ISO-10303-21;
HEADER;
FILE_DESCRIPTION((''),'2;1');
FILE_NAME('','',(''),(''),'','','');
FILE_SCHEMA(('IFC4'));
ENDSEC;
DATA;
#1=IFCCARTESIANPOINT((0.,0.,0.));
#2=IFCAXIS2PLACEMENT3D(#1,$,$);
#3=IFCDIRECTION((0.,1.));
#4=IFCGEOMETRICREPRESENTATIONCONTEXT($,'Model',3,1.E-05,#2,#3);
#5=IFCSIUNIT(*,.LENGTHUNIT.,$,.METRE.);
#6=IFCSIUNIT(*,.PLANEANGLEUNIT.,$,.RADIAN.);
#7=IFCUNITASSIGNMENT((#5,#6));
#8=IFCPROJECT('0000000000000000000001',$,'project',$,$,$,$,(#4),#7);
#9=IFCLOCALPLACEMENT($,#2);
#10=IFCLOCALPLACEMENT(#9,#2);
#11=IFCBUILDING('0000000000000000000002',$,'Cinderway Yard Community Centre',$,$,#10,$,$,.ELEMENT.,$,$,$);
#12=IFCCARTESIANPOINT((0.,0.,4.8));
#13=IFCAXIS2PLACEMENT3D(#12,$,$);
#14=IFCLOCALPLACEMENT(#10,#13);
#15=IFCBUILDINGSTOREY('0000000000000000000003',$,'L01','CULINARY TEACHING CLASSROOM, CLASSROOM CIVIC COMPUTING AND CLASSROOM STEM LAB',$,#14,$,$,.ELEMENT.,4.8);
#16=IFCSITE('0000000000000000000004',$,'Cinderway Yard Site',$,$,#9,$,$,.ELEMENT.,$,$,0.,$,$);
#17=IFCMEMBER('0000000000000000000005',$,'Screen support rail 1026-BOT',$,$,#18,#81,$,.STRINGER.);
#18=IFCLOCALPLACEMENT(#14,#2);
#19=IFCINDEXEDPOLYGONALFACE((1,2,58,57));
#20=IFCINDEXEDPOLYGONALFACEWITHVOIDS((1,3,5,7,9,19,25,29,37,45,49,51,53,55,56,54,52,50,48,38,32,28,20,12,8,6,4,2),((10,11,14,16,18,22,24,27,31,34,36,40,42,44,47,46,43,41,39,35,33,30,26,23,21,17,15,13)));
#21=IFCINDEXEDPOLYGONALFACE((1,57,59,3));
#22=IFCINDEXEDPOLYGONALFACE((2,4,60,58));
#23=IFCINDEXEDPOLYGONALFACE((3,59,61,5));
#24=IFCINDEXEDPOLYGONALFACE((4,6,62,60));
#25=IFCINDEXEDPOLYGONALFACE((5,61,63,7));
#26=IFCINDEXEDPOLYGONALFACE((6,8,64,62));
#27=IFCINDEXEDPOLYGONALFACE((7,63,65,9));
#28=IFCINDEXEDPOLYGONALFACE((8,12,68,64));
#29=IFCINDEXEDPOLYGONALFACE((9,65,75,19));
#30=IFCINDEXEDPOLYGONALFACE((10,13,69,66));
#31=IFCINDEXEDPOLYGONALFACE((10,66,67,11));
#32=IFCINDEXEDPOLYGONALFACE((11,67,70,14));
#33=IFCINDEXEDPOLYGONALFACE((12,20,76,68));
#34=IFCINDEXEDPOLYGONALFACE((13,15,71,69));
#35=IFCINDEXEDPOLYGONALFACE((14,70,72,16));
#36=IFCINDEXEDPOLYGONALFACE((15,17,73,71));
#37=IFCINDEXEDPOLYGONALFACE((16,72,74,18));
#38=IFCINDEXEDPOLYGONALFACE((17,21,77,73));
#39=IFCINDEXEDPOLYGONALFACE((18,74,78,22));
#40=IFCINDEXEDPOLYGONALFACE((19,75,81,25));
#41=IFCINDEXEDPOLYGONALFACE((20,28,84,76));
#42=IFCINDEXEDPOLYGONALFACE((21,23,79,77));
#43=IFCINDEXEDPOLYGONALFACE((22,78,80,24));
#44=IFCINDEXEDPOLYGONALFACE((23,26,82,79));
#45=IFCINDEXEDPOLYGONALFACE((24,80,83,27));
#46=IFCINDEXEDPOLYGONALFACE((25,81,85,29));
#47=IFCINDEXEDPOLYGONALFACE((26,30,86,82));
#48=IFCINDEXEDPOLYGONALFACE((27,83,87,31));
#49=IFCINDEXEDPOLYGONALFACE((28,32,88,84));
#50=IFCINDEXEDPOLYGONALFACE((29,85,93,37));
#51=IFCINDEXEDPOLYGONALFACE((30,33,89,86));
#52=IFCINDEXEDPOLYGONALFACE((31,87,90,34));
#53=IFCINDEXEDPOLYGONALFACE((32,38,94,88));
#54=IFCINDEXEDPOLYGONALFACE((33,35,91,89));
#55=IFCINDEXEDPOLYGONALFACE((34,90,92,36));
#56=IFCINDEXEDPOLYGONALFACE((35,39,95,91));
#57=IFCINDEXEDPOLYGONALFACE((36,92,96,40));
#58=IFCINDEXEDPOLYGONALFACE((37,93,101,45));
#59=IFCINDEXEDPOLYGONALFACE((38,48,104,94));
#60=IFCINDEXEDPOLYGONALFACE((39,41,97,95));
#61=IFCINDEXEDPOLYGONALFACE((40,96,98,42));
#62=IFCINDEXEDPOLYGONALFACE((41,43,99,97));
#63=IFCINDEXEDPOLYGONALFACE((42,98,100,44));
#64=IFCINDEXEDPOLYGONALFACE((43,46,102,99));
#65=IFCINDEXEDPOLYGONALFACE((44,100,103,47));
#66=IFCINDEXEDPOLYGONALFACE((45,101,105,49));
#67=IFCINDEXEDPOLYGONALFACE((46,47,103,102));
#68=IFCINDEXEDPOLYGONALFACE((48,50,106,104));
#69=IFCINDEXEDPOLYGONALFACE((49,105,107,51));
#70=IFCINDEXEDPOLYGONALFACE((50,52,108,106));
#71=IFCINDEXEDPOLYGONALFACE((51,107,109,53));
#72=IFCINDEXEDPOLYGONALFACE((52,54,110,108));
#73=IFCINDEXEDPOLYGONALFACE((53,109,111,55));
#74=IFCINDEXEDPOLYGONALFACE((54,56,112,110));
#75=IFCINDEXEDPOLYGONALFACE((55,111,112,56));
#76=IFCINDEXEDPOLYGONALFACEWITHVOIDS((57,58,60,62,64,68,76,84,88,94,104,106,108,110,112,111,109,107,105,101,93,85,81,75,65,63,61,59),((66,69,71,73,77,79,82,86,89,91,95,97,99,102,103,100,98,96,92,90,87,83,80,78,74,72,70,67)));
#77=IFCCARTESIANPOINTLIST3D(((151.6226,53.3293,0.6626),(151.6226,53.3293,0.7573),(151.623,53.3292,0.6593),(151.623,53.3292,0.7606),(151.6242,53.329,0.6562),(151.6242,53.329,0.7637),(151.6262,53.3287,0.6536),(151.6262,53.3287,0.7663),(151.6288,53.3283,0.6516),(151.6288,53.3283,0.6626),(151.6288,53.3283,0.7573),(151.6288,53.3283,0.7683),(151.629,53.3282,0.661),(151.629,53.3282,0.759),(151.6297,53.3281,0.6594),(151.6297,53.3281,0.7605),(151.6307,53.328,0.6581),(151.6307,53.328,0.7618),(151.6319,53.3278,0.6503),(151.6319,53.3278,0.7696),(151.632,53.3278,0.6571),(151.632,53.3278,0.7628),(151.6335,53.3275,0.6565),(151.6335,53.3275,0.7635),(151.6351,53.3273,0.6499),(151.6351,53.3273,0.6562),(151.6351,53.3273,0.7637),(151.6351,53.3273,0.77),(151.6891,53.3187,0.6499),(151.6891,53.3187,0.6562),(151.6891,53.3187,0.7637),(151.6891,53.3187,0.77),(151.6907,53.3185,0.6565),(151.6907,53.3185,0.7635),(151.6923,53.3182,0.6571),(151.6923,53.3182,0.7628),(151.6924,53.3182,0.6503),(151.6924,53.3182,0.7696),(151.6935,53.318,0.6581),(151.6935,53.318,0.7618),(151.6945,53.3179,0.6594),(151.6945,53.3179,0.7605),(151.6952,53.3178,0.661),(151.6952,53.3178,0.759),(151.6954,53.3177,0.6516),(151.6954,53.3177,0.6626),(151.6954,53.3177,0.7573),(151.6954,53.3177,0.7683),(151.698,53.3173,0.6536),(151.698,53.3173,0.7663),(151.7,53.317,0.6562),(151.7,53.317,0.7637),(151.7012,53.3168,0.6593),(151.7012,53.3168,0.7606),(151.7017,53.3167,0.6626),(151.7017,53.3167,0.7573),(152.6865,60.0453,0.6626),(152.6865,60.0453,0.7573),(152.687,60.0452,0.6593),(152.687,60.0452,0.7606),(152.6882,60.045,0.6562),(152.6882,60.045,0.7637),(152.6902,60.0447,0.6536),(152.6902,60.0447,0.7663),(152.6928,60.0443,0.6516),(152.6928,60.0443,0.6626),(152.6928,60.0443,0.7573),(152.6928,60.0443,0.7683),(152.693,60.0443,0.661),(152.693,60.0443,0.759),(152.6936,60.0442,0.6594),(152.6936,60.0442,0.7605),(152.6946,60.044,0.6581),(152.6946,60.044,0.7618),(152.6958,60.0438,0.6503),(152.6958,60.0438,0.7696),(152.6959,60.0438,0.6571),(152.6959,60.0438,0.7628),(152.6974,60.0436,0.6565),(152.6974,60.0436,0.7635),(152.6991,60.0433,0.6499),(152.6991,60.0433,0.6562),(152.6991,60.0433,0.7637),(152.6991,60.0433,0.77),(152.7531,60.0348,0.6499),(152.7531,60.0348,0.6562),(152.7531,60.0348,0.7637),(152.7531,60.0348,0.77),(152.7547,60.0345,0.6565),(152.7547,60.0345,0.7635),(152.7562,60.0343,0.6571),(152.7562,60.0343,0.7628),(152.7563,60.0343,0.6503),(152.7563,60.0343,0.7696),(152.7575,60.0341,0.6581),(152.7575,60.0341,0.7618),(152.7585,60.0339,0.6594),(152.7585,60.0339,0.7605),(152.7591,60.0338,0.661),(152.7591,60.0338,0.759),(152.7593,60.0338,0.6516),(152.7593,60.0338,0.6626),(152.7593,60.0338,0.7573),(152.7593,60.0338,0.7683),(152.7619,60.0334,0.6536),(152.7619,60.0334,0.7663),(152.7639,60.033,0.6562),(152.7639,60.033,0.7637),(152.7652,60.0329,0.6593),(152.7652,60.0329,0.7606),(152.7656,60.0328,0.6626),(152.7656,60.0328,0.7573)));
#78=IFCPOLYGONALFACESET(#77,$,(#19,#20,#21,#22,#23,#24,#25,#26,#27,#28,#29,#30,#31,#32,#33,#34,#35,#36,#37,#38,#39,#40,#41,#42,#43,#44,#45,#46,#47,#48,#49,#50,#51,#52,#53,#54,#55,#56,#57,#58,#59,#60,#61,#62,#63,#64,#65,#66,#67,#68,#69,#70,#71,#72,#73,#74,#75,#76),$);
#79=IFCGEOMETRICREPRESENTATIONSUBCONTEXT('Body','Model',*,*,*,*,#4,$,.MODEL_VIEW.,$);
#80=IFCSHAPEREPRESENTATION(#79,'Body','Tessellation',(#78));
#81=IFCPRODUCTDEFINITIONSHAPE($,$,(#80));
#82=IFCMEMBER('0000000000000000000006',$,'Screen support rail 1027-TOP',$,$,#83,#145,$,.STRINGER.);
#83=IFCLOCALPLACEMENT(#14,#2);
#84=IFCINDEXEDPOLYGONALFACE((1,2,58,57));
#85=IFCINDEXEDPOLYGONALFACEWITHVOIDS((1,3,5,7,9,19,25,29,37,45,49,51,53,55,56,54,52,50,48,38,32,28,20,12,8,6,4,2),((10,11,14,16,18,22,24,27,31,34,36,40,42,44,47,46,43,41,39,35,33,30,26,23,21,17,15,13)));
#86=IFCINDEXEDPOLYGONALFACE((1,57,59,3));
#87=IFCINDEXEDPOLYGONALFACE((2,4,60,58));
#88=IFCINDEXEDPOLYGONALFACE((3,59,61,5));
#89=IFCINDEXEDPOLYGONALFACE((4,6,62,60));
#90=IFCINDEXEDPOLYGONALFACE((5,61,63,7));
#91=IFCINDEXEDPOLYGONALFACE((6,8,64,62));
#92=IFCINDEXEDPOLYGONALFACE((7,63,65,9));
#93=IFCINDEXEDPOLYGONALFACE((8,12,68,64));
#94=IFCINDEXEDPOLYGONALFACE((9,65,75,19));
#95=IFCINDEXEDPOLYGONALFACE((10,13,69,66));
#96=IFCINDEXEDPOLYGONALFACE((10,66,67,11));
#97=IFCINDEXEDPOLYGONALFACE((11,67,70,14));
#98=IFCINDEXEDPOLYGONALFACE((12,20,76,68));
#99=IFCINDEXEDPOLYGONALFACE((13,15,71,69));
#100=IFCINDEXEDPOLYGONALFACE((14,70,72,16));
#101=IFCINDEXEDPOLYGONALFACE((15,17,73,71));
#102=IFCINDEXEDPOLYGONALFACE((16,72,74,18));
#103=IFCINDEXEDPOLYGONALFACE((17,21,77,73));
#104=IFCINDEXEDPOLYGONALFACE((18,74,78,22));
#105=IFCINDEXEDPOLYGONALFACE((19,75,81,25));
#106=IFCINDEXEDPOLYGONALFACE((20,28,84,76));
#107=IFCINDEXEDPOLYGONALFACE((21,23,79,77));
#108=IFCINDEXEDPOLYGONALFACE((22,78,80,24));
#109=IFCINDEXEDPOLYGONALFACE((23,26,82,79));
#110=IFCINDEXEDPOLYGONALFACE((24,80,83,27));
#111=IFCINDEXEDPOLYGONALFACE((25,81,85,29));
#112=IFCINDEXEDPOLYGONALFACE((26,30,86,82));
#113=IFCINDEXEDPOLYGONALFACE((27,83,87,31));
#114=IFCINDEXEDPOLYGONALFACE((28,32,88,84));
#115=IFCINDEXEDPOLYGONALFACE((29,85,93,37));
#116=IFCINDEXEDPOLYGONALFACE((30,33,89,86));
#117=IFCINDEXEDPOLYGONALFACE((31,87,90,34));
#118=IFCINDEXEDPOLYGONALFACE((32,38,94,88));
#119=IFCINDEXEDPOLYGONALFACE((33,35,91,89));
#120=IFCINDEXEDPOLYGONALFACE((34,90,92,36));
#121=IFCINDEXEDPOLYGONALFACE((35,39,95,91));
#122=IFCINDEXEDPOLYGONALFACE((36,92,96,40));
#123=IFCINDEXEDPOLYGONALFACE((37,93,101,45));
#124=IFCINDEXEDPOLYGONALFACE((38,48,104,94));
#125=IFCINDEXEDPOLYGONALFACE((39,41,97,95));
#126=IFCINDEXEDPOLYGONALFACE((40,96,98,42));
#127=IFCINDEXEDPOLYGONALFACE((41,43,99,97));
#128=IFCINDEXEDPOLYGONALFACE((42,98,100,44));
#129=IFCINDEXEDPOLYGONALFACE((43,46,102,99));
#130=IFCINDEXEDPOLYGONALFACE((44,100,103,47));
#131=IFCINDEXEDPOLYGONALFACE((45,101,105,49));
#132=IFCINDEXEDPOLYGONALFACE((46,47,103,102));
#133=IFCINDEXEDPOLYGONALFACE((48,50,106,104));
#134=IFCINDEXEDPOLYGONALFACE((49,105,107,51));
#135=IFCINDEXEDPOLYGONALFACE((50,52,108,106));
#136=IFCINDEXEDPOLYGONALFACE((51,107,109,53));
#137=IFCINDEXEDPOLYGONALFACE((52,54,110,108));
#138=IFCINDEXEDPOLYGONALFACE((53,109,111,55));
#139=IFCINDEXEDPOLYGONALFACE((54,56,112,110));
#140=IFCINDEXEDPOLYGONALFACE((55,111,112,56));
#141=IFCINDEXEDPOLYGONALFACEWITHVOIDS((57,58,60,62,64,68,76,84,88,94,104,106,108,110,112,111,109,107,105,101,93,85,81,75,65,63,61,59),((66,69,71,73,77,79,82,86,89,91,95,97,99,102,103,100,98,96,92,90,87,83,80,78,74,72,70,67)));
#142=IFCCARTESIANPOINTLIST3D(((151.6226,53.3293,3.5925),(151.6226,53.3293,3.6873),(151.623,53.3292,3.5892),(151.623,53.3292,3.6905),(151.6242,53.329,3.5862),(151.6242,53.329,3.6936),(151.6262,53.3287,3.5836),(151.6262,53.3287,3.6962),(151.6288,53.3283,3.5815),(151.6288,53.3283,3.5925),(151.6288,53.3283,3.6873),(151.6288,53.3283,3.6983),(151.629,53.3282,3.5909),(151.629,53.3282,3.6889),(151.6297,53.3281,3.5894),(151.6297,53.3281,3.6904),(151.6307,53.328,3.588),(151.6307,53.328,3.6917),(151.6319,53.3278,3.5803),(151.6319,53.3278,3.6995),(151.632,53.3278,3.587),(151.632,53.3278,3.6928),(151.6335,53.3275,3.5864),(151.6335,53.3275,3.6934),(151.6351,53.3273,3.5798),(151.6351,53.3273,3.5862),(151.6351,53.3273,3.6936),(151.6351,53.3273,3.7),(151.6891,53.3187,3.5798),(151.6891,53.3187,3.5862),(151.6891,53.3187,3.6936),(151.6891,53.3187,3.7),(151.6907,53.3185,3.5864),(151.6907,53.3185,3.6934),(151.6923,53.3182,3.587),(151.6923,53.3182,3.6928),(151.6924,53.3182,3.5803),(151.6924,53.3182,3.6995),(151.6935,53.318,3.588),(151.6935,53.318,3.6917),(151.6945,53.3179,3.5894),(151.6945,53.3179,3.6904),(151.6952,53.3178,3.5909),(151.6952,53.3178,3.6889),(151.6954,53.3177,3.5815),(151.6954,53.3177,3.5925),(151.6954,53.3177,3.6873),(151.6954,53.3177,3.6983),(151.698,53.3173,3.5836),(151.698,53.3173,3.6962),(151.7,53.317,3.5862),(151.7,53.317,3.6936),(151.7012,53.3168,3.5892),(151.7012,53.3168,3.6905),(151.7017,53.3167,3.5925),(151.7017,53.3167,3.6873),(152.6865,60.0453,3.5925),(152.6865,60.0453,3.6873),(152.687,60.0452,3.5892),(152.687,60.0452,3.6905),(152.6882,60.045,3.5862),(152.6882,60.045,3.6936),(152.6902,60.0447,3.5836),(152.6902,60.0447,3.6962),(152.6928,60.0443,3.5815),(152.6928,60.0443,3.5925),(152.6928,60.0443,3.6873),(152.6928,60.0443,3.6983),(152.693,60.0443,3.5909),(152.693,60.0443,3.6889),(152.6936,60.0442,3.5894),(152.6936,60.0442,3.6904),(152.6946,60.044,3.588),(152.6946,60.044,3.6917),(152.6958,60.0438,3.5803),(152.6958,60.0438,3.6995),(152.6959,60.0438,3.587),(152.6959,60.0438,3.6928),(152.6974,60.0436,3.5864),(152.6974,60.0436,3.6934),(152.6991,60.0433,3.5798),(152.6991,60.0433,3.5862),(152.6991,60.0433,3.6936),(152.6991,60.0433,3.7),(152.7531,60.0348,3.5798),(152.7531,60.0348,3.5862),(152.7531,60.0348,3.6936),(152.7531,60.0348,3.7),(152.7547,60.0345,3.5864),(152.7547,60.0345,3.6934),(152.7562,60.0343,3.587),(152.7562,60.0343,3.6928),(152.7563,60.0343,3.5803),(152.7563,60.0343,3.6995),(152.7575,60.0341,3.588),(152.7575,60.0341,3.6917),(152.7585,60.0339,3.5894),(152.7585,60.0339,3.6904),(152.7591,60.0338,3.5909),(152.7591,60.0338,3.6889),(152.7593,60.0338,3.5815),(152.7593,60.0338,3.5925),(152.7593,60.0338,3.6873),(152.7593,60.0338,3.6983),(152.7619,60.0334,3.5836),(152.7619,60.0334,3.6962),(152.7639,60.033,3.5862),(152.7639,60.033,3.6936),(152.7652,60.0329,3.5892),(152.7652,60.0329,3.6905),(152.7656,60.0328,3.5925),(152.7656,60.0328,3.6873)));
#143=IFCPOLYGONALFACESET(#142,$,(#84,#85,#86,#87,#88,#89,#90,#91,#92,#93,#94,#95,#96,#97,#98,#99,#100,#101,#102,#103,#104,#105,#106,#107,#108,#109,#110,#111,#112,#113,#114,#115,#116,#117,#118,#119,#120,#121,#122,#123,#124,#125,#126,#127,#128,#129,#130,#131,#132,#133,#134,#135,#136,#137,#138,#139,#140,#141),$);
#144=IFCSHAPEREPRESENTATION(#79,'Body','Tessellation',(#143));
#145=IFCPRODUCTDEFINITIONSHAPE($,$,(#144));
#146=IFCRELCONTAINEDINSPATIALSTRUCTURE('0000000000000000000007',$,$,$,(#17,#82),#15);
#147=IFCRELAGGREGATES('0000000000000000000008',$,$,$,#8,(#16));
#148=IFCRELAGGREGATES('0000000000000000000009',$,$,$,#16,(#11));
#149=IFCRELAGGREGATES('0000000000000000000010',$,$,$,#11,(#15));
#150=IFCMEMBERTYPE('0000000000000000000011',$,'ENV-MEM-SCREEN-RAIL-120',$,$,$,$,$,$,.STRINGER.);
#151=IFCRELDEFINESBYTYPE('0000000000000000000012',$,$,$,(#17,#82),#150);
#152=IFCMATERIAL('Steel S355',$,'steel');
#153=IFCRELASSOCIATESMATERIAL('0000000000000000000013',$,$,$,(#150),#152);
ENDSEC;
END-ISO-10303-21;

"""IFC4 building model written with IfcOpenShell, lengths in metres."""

from ifc_helpers import new_model, si_unit, direction, frame, origin, origin_2d, place, context, subcontext, project, spatial, hollow_rectangle, extrude, material, material_profile, profile_set, type_object, element, save


model = new_model("IFC4")

# Units and contexts
model_context = context("Model", 3, precision=1e-05, world=origin(), true_north=direction((0.0, 1.0)))
body_context = subcontext(model_context, "Body", "Model", "MODEL_VIEW")
ifc_project = project(units=[si_unit("LENGTHUNIT", "METRE"), si_unit("PLANEANGLEUNIT", "RADIAN")], contexts=[model_context])

# Site, building, storey
site_placement = place(None, origin())
site = spatial("IfcSite", under=ifc_project, at=site_placement, Name="Cinderway Yard Site", CompositionType="ELEMENT", RefElevation=0.0)
building_placement = place(site_placement, origin())
building = spatial("IfcBuilding", under=site, at=building_placement, Name="Cinderway Yard Community Centre", CompositionType="ELEMENT")
storey_placement = place(building_placement, frame((0.0, 0.0, 4.8)))
storey = spatial("IfcBuildingStorey", under=building, at=storey_placement, Name="L01", Description="CULINARY TEACHING CLASSROOM, CLASSROOM CIVIC COMPUTING AND CLASSROOM STEM LAB", CompositionType="ELEMENT", Elevation=4.8)

# Members
ifc_material_1 = material(Name="Steel S355", Category="steel")
ifc_material_profile_1 = material_profile(ifc_material_1, hollow_rectangle(XDim=0.0801, YDim=0.1201, WallThickness=0.0063, InnerFilletRadius=0.0063, OuterFilletRadius=0.0127, at=origin_2d()), Name="Steel S355")
ifc_profile_set_1 = profile_set([ifc_material_profile_1], Name="Steel S355")
member_type_1 = type_object("IfcMemberType", Name="ENV-MEM-SCREEN-RAIL-120", PredefinedType="STRINGER", material=ifc_profile_set_1)
for number, where, z_axis, x_axis, name in (
    (1, (151.6621, 53.323, 0.71), (0.15647, 0.987683, 0.0), (-0.987683, 0.15647, 0.0), "Screen support rail 1026-BOT"),
    (2, (151.6621, 53.323, 3.6399), (0.15647, 0.987683, 0.0), (-0.987683, 0.15647, 0.0), "Screen support rail 1027-TOP"),
):
    element("IfcMember", number, at=place(storey_placement, frame(where, z_axis=z_axis, x_axis=x_axis)), inside=storey, type_object=member_type_1, Name=name, PredefinedType="STRINGER", context=body_context, shape_type="SweptSolid", body=[
        extrude(hollow_rectangle(XDim=0.0801, YDim=0.1201, WallThickness=0.0063, InnerFilletRadius=0.0063, OuterFilletRadius=0.0127, at=origin_2d()), origin(), (0.0, 0.0, 1.0), 6.7998),
    ])

save(model, "model.ifc")
